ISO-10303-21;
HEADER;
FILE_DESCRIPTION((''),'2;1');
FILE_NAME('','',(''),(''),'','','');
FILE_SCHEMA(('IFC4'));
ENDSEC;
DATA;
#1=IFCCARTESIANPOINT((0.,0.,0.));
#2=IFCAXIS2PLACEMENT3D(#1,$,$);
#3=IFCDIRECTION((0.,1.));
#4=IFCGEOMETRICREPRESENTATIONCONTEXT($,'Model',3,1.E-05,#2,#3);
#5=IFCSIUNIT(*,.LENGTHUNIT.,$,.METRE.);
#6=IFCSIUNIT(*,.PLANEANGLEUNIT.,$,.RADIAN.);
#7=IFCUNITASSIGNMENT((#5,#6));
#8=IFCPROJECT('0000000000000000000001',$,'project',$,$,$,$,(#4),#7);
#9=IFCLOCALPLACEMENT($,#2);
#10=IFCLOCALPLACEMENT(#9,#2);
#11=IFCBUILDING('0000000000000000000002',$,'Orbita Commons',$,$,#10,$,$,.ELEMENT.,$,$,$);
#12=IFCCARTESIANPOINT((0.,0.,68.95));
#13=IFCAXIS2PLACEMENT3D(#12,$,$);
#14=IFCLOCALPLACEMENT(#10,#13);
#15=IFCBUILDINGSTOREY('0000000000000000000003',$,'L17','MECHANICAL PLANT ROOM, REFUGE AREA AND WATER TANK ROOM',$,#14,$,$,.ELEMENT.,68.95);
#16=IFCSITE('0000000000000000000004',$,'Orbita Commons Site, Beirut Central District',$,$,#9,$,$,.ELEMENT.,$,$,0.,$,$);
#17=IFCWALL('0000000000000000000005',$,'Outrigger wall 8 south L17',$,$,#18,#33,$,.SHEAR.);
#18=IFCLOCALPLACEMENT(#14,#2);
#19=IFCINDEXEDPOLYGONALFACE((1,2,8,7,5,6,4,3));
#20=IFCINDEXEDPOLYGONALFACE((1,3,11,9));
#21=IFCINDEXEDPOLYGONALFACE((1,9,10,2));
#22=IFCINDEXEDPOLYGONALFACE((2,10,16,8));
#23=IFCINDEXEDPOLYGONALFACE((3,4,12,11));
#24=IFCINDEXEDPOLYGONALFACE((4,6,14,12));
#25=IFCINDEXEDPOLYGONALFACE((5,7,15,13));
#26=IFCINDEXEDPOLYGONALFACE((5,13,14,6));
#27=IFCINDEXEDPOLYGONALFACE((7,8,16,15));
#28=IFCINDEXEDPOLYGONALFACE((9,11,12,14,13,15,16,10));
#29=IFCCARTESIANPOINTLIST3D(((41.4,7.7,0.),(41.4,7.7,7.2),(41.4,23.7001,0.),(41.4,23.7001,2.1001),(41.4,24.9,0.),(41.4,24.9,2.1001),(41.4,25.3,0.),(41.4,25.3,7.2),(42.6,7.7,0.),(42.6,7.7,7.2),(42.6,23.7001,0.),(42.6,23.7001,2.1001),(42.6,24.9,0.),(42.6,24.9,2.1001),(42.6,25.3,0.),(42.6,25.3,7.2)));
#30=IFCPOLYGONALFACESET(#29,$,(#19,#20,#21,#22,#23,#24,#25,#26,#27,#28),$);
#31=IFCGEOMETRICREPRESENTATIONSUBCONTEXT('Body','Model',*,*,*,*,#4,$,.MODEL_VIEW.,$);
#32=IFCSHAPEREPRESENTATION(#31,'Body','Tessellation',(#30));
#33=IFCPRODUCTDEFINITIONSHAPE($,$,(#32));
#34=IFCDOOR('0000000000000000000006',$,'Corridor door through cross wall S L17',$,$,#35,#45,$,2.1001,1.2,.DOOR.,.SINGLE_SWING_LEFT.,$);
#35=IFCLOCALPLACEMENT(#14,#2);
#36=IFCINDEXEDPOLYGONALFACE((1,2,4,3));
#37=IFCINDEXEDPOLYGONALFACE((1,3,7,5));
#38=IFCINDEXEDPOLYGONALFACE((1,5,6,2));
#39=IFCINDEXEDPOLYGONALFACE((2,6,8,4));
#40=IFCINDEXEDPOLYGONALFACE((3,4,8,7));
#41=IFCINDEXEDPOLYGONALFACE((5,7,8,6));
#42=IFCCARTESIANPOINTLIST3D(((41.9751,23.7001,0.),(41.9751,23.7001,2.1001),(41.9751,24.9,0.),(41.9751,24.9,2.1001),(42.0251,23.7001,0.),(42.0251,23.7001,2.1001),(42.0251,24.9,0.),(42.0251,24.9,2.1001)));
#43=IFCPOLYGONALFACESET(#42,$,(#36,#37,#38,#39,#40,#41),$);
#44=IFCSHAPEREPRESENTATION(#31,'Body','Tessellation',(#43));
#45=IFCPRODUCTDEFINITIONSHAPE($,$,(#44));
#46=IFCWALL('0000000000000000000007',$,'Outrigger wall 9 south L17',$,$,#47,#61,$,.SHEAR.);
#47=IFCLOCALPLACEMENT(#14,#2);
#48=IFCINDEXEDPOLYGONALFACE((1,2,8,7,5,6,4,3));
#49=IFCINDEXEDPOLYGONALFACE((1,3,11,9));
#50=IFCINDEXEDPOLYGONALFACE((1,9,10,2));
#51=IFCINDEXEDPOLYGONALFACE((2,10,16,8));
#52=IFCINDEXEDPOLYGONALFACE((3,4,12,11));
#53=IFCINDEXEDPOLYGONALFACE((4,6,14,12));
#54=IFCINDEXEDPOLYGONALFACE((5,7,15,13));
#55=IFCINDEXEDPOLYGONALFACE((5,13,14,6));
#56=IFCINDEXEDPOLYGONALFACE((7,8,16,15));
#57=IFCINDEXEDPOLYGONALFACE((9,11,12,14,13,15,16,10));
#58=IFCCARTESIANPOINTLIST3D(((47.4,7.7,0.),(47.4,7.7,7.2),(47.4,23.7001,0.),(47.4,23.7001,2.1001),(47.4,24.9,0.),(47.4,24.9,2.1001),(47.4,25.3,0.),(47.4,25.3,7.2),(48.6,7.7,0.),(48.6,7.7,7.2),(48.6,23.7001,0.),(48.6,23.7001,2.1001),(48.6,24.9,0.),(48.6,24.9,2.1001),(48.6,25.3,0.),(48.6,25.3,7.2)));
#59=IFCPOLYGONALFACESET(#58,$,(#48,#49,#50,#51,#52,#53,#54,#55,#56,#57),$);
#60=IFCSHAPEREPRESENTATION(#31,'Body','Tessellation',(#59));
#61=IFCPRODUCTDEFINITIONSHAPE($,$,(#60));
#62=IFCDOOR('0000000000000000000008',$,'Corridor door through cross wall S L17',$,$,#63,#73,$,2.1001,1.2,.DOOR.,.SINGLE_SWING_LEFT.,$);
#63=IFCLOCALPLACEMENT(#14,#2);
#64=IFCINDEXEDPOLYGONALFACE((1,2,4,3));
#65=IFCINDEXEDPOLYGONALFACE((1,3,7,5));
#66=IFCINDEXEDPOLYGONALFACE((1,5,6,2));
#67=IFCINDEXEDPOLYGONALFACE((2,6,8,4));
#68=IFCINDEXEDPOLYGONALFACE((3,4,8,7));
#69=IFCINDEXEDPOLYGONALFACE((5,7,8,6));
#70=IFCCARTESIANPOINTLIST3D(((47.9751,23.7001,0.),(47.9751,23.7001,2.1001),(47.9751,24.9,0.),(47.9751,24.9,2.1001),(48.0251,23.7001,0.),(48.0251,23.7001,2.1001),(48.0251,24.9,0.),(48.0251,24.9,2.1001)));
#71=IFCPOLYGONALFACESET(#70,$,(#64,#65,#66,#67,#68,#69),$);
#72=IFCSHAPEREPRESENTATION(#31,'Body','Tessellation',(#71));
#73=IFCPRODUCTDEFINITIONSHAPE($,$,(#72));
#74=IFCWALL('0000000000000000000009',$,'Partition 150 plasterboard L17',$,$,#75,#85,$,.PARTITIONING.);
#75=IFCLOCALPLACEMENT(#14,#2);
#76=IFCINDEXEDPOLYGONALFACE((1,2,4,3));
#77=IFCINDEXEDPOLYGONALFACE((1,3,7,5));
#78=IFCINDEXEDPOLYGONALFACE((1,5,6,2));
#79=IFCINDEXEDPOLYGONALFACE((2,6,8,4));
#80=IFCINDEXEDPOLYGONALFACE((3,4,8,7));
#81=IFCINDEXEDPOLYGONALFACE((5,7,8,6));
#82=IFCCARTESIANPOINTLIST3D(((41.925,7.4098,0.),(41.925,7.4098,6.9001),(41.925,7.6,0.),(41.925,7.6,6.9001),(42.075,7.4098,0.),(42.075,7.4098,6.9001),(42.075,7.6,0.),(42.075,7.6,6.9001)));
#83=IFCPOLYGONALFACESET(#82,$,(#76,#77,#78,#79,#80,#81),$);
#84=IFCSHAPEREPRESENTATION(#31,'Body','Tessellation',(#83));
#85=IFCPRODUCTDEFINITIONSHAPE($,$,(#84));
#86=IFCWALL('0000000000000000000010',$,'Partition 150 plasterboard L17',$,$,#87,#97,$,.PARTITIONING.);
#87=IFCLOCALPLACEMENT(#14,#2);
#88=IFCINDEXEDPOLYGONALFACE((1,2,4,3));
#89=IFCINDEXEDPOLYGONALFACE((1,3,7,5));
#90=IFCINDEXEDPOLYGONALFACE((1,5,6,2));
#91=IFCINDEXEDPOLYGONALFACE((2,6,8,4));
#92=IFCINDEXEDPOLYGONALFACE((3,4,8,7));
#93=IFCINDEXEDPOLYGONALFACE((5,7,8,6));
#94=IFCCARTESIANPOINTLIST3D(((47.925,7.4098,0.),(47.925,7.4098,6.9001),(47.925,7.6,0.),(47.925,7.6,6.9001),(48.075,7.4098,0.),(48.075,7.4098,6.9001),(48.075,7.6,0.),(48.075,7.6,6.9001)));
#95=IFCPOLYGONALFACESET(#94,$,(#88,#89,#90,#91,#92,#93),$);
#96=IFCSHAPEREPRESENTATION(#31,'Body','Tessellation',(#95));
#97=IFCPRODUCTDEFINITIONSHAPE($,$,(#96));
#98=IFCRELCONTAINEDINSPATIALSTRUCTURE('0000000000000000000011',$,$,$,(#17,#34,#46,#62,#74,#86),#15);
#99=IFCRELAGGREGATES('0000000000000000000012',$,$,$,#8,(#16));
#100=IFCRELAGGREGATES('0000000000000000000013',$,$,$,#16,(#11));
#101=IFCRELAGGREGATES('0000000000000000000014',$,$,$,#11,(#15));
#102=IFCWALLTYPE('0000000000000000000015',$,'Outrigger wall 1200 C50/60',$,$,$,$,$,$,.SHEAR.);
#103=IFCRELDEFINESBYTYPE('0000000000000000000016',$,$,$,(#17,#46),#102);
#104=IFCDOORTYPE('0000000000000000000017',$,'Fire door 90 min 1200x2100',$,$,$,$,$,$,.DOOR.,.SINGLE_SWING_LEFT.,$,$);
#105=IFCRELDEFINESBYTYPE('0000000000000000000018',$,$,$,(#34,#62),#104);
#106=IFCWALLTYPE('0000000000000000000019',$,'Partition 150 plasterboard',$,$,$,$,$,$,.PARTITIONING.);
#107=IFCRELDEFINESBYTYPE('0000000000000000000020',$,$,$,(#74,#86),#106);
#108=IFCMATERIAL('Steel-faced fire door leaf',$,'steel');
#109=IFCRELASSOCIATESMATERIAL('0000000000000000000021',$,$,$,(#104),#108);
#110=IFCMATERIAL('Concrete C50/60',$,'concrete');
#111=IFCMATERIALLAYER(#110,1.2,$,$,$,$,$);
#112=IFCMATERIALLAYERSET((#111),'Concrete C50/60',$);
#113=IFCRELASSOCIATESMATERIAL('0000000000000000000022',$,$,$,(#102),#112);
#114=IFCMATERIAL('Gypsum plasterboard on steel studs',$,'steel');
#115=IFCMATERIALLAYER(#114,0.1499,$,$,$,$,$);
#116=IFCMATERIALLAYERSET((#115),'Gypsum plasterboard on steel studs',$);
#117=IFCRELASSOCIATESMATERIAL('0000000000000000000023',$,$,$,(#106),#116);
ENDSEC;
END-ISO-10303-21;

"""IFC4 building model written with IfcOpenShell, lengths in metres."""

from ifc_helpers import new_model, si_unit, direction, frame, frame_2d, origin, place, context, subcontext, project, spatial, rectangle, extrude, material, layer, layer_set, type_object, element, fill, save


model = new_model("IFC4")

# Units and contexts
model_context = context("Model", 3, precision=1e-05, world=origin(), true_north=direction((0.0, 1.0)))
body_context = subcontext(model_context, "Body", "Model", "MODEL_VIEW")
ifc_project = project(units=[si_unit("LENGTHUNIT", "METRE"), si_unit("PLANEANGLEUNIT", "RADIAN")], contexts=[model_context])

# Site, building, storey
site_placement = place(None, origin())
site = spatial("IfcSite", under=ifc_project, at=site_placement, Name="Orbita Commons Site, Beirut Central District", CompositionType="ELEMENT", RefElevation=0.0)
building_placement = place(site_placement, origin())
building = spatial("IfcBuilding", under=site, at=building_placement, Name="Orbita Commons", CompositionType="ELEMENT")
storey_placement = place(building_placement, frame((0.0, 0.0, 68.95)))
storey = spatial("IfcBuildingStorey", under=building, at=storey_placement, Name="L17", Description="MECHANICAL PLANT ROOM, REFUGE AREA AND WATER TANK ROOM", CompositionType="ELEMENT", Elevation=68.95)

# Walls, openings, doors
ifc_material_1 = material(Name="Steel-faced fire door leaf", Category="steel")
door_type = type_object("IfcDoorType", Name="Fire door 90 min 1200x2100", OperationType="SINGLE_SWING_LEFT", PredefinedType="DOOR", material=ifc_material_1)
ifc_material_2 = material(Name="Concrete C50/60", Category="concrete")
ifc_layer_1 = layer(ifc_material_2, 1.2)
ifc_layer_set_1 = layer_set([ifc_layer_1], Name="Concrete C50/60")
wall_type_1 = type_object("IfcWallType", Name="Outrigger wall 1200 C50/60", PredefinedType="SHEAR", material=ifc_layer_set_1)
wall_1_placement = place(storey_placement, frame((42.0, 7.7, 0.0), z_axis=(0.0, 0.0, 1.0), x_axis=(0.0, 1.0, 0.0)))
wall_1 = element("IfcWall", 1, at=wall_1_placement, inside=storey, type_object=wall_type_1, Name="Outrigger wall 8 south L17", PredefinedType="SHEAR", context=body_context, shape_type="SweptSolid", body=[
    extrude(rectangle(XDim=17.6001, YDim=1.2, at=frame_2d((8.8, 0.0))), origin(), (0.0, 0.0, 1.0), 7.2),
])
opening_1_placement = place(wall_1_placement, frame((16.0, 0.0, 0.0)))
opening_1 = element("IfcOpeningElement", 2, at=opening_1_placement, cuts=wall_1, PredefinedType="OPENING", context=body_context, shape_type="SweptSolid", body=[
    extrude(rectangle(XDim=1.2, YDim=2.1001, at=frame_2d((0.6001, 1.05))), frame((0.0, 0.6099, 0.0), z_axis=(0.0, -1.0, 0.0), x_axis=(1.0, 0.0, 0.0)), (0.0, 0.0, 1.0), 1.22),
])
door_1_placement = place(opening_1_placement, origin())
door_1 = element("IfcDoor", 3, at=door_1_placement, inside=storey, type_object=door_type, Name="Corridor door through cross wall S L17", OperationType="SINGLE_SWING_LEFT", OverallHeight=2.1001, OverallWidth=1.2, PredefinedType="DOOR", context=body_context, shape_type="SweptSolid", body=[
    extrude(rectangle(XDim=1.2, YDim=2.1001, at=frame_2d((0.6001, 1.05))), frame((0.0, 0.0249, 0.0), z_axis=(0.0, -1.0, 0.0), x_axis=(1.0, 0.0, 0.0)), (0.0, 0.0, 1.0), 0.05),
])
fill(opening_1, door_1)
wall_2_placement = place(storey_placement, frame((48.0, 7.7, 0.0), z_axis=(0.0, 0.0, 1.0), x_axis=(0.0, 1.0, 0.0)))
wall_2 = element("IfcWall", 4, at=wall_2_placement, inside=storey, type_object=wall_type_1, Name="Outrigger wall 9 south L17", PredefinedType="SHEAR", context=body_context, shape_type="SweptSolid", body=[
    extrude(rectangle(XDim=17.6001, YDim=1.2, at=frame_2d((8.8, 0.0))), origin(), (0.0, 0.0, 1.0), 7.2),
])
opening_2_placement = place(wall_2_placement, frame((16.0, 0.0, 0.0)))
opening_2 = element("IfcOpeningElement", 5, at=opening_2_placement, cuts=wall_2, PredefinedType="OPENING", context=body_context, shape_type="SweptSolid", body=[
    extrude(rectangle(XDim=1.2, YDim=2.1001, at=frame_2d((0.6001, 1.05))), frame((0.0, 0.6099, 0.0), z_axis=(0.0, -1.0, 0.0), x_axis=(1.0, 0.0, 0.0)), (0.0, 0.0, 1.0), 1.22),
])
door_2_placement = place(opening_2_placement, origin())
door_2 = element("IfcDoor", 6, at=door_2_placement, inside=storey, type_object=door_type, Name="Corridor door through cross wall S L17", OperationType="SINGLE_SWING_LEFT", OverallHeight=2.1001, OverallWidth=1.2, PredefinedType="DOOR", context=body_context, shape_type="SweptSolid", body=[
    extrude(rectangle(XDim=1.2, YDim=2.1001, at=frame_2d((0.6001, 1.05))), frame((0.0, 0.0249, 0.0), z_axis=(0.0, -1.0, 0.0), x_axis=(1.0, 0.0, 0.0)), (0.0, 0.0, 1.0), 0.05),
])
fill(opening_2, door_2)

# Walls
ifc_material_3 = material(Name="Gypsum plasterboard on steel studs", Category="steel")
ifc_layer_2 = layer(ifc_material_3, 0.1499)
ifc_layer_set_2 = layer_set([ifc_layer_2], Name="Gypsum plasterboard on steel studs")
wall_type_2 = type_object("IfcWallType", Name="Partition 150 plasterboard", PredefinedType="PARTITIONING", material=ifc_layer_set_2)
for number, where, z_axis, x_axis, name in (
    (7, (42.0, 7.6001, 0.0), (0.0, 0.0, 1.0), (0.0, -1.0, 0.0), "Partition 150 plasterboard L17"),
    (8, (48.0, 7.6001, 0.0), (0.0, 0.0, 1.0), (0.0, -1.0, 0.0), "Partition 150 plasterboard L17"),
):
    element("IfcWall", number, at=place(storey_placement, frame(where, z_axis=z_axis, x_axis=x_axis)), inside=storey, type_object=wall_type_2, Name=name, PredefinedType="PARTITIONING", context=body_context, shape_type="SweptSolid", body=[
        extrude(rectangle(XDim=0.1902, YDim=0.1499, at=frame_2d((0.0952, 0.0))), origin(), (0.0, 0.0, 1.0), 6.9001),
    ])

save(model, "model.ifc")
